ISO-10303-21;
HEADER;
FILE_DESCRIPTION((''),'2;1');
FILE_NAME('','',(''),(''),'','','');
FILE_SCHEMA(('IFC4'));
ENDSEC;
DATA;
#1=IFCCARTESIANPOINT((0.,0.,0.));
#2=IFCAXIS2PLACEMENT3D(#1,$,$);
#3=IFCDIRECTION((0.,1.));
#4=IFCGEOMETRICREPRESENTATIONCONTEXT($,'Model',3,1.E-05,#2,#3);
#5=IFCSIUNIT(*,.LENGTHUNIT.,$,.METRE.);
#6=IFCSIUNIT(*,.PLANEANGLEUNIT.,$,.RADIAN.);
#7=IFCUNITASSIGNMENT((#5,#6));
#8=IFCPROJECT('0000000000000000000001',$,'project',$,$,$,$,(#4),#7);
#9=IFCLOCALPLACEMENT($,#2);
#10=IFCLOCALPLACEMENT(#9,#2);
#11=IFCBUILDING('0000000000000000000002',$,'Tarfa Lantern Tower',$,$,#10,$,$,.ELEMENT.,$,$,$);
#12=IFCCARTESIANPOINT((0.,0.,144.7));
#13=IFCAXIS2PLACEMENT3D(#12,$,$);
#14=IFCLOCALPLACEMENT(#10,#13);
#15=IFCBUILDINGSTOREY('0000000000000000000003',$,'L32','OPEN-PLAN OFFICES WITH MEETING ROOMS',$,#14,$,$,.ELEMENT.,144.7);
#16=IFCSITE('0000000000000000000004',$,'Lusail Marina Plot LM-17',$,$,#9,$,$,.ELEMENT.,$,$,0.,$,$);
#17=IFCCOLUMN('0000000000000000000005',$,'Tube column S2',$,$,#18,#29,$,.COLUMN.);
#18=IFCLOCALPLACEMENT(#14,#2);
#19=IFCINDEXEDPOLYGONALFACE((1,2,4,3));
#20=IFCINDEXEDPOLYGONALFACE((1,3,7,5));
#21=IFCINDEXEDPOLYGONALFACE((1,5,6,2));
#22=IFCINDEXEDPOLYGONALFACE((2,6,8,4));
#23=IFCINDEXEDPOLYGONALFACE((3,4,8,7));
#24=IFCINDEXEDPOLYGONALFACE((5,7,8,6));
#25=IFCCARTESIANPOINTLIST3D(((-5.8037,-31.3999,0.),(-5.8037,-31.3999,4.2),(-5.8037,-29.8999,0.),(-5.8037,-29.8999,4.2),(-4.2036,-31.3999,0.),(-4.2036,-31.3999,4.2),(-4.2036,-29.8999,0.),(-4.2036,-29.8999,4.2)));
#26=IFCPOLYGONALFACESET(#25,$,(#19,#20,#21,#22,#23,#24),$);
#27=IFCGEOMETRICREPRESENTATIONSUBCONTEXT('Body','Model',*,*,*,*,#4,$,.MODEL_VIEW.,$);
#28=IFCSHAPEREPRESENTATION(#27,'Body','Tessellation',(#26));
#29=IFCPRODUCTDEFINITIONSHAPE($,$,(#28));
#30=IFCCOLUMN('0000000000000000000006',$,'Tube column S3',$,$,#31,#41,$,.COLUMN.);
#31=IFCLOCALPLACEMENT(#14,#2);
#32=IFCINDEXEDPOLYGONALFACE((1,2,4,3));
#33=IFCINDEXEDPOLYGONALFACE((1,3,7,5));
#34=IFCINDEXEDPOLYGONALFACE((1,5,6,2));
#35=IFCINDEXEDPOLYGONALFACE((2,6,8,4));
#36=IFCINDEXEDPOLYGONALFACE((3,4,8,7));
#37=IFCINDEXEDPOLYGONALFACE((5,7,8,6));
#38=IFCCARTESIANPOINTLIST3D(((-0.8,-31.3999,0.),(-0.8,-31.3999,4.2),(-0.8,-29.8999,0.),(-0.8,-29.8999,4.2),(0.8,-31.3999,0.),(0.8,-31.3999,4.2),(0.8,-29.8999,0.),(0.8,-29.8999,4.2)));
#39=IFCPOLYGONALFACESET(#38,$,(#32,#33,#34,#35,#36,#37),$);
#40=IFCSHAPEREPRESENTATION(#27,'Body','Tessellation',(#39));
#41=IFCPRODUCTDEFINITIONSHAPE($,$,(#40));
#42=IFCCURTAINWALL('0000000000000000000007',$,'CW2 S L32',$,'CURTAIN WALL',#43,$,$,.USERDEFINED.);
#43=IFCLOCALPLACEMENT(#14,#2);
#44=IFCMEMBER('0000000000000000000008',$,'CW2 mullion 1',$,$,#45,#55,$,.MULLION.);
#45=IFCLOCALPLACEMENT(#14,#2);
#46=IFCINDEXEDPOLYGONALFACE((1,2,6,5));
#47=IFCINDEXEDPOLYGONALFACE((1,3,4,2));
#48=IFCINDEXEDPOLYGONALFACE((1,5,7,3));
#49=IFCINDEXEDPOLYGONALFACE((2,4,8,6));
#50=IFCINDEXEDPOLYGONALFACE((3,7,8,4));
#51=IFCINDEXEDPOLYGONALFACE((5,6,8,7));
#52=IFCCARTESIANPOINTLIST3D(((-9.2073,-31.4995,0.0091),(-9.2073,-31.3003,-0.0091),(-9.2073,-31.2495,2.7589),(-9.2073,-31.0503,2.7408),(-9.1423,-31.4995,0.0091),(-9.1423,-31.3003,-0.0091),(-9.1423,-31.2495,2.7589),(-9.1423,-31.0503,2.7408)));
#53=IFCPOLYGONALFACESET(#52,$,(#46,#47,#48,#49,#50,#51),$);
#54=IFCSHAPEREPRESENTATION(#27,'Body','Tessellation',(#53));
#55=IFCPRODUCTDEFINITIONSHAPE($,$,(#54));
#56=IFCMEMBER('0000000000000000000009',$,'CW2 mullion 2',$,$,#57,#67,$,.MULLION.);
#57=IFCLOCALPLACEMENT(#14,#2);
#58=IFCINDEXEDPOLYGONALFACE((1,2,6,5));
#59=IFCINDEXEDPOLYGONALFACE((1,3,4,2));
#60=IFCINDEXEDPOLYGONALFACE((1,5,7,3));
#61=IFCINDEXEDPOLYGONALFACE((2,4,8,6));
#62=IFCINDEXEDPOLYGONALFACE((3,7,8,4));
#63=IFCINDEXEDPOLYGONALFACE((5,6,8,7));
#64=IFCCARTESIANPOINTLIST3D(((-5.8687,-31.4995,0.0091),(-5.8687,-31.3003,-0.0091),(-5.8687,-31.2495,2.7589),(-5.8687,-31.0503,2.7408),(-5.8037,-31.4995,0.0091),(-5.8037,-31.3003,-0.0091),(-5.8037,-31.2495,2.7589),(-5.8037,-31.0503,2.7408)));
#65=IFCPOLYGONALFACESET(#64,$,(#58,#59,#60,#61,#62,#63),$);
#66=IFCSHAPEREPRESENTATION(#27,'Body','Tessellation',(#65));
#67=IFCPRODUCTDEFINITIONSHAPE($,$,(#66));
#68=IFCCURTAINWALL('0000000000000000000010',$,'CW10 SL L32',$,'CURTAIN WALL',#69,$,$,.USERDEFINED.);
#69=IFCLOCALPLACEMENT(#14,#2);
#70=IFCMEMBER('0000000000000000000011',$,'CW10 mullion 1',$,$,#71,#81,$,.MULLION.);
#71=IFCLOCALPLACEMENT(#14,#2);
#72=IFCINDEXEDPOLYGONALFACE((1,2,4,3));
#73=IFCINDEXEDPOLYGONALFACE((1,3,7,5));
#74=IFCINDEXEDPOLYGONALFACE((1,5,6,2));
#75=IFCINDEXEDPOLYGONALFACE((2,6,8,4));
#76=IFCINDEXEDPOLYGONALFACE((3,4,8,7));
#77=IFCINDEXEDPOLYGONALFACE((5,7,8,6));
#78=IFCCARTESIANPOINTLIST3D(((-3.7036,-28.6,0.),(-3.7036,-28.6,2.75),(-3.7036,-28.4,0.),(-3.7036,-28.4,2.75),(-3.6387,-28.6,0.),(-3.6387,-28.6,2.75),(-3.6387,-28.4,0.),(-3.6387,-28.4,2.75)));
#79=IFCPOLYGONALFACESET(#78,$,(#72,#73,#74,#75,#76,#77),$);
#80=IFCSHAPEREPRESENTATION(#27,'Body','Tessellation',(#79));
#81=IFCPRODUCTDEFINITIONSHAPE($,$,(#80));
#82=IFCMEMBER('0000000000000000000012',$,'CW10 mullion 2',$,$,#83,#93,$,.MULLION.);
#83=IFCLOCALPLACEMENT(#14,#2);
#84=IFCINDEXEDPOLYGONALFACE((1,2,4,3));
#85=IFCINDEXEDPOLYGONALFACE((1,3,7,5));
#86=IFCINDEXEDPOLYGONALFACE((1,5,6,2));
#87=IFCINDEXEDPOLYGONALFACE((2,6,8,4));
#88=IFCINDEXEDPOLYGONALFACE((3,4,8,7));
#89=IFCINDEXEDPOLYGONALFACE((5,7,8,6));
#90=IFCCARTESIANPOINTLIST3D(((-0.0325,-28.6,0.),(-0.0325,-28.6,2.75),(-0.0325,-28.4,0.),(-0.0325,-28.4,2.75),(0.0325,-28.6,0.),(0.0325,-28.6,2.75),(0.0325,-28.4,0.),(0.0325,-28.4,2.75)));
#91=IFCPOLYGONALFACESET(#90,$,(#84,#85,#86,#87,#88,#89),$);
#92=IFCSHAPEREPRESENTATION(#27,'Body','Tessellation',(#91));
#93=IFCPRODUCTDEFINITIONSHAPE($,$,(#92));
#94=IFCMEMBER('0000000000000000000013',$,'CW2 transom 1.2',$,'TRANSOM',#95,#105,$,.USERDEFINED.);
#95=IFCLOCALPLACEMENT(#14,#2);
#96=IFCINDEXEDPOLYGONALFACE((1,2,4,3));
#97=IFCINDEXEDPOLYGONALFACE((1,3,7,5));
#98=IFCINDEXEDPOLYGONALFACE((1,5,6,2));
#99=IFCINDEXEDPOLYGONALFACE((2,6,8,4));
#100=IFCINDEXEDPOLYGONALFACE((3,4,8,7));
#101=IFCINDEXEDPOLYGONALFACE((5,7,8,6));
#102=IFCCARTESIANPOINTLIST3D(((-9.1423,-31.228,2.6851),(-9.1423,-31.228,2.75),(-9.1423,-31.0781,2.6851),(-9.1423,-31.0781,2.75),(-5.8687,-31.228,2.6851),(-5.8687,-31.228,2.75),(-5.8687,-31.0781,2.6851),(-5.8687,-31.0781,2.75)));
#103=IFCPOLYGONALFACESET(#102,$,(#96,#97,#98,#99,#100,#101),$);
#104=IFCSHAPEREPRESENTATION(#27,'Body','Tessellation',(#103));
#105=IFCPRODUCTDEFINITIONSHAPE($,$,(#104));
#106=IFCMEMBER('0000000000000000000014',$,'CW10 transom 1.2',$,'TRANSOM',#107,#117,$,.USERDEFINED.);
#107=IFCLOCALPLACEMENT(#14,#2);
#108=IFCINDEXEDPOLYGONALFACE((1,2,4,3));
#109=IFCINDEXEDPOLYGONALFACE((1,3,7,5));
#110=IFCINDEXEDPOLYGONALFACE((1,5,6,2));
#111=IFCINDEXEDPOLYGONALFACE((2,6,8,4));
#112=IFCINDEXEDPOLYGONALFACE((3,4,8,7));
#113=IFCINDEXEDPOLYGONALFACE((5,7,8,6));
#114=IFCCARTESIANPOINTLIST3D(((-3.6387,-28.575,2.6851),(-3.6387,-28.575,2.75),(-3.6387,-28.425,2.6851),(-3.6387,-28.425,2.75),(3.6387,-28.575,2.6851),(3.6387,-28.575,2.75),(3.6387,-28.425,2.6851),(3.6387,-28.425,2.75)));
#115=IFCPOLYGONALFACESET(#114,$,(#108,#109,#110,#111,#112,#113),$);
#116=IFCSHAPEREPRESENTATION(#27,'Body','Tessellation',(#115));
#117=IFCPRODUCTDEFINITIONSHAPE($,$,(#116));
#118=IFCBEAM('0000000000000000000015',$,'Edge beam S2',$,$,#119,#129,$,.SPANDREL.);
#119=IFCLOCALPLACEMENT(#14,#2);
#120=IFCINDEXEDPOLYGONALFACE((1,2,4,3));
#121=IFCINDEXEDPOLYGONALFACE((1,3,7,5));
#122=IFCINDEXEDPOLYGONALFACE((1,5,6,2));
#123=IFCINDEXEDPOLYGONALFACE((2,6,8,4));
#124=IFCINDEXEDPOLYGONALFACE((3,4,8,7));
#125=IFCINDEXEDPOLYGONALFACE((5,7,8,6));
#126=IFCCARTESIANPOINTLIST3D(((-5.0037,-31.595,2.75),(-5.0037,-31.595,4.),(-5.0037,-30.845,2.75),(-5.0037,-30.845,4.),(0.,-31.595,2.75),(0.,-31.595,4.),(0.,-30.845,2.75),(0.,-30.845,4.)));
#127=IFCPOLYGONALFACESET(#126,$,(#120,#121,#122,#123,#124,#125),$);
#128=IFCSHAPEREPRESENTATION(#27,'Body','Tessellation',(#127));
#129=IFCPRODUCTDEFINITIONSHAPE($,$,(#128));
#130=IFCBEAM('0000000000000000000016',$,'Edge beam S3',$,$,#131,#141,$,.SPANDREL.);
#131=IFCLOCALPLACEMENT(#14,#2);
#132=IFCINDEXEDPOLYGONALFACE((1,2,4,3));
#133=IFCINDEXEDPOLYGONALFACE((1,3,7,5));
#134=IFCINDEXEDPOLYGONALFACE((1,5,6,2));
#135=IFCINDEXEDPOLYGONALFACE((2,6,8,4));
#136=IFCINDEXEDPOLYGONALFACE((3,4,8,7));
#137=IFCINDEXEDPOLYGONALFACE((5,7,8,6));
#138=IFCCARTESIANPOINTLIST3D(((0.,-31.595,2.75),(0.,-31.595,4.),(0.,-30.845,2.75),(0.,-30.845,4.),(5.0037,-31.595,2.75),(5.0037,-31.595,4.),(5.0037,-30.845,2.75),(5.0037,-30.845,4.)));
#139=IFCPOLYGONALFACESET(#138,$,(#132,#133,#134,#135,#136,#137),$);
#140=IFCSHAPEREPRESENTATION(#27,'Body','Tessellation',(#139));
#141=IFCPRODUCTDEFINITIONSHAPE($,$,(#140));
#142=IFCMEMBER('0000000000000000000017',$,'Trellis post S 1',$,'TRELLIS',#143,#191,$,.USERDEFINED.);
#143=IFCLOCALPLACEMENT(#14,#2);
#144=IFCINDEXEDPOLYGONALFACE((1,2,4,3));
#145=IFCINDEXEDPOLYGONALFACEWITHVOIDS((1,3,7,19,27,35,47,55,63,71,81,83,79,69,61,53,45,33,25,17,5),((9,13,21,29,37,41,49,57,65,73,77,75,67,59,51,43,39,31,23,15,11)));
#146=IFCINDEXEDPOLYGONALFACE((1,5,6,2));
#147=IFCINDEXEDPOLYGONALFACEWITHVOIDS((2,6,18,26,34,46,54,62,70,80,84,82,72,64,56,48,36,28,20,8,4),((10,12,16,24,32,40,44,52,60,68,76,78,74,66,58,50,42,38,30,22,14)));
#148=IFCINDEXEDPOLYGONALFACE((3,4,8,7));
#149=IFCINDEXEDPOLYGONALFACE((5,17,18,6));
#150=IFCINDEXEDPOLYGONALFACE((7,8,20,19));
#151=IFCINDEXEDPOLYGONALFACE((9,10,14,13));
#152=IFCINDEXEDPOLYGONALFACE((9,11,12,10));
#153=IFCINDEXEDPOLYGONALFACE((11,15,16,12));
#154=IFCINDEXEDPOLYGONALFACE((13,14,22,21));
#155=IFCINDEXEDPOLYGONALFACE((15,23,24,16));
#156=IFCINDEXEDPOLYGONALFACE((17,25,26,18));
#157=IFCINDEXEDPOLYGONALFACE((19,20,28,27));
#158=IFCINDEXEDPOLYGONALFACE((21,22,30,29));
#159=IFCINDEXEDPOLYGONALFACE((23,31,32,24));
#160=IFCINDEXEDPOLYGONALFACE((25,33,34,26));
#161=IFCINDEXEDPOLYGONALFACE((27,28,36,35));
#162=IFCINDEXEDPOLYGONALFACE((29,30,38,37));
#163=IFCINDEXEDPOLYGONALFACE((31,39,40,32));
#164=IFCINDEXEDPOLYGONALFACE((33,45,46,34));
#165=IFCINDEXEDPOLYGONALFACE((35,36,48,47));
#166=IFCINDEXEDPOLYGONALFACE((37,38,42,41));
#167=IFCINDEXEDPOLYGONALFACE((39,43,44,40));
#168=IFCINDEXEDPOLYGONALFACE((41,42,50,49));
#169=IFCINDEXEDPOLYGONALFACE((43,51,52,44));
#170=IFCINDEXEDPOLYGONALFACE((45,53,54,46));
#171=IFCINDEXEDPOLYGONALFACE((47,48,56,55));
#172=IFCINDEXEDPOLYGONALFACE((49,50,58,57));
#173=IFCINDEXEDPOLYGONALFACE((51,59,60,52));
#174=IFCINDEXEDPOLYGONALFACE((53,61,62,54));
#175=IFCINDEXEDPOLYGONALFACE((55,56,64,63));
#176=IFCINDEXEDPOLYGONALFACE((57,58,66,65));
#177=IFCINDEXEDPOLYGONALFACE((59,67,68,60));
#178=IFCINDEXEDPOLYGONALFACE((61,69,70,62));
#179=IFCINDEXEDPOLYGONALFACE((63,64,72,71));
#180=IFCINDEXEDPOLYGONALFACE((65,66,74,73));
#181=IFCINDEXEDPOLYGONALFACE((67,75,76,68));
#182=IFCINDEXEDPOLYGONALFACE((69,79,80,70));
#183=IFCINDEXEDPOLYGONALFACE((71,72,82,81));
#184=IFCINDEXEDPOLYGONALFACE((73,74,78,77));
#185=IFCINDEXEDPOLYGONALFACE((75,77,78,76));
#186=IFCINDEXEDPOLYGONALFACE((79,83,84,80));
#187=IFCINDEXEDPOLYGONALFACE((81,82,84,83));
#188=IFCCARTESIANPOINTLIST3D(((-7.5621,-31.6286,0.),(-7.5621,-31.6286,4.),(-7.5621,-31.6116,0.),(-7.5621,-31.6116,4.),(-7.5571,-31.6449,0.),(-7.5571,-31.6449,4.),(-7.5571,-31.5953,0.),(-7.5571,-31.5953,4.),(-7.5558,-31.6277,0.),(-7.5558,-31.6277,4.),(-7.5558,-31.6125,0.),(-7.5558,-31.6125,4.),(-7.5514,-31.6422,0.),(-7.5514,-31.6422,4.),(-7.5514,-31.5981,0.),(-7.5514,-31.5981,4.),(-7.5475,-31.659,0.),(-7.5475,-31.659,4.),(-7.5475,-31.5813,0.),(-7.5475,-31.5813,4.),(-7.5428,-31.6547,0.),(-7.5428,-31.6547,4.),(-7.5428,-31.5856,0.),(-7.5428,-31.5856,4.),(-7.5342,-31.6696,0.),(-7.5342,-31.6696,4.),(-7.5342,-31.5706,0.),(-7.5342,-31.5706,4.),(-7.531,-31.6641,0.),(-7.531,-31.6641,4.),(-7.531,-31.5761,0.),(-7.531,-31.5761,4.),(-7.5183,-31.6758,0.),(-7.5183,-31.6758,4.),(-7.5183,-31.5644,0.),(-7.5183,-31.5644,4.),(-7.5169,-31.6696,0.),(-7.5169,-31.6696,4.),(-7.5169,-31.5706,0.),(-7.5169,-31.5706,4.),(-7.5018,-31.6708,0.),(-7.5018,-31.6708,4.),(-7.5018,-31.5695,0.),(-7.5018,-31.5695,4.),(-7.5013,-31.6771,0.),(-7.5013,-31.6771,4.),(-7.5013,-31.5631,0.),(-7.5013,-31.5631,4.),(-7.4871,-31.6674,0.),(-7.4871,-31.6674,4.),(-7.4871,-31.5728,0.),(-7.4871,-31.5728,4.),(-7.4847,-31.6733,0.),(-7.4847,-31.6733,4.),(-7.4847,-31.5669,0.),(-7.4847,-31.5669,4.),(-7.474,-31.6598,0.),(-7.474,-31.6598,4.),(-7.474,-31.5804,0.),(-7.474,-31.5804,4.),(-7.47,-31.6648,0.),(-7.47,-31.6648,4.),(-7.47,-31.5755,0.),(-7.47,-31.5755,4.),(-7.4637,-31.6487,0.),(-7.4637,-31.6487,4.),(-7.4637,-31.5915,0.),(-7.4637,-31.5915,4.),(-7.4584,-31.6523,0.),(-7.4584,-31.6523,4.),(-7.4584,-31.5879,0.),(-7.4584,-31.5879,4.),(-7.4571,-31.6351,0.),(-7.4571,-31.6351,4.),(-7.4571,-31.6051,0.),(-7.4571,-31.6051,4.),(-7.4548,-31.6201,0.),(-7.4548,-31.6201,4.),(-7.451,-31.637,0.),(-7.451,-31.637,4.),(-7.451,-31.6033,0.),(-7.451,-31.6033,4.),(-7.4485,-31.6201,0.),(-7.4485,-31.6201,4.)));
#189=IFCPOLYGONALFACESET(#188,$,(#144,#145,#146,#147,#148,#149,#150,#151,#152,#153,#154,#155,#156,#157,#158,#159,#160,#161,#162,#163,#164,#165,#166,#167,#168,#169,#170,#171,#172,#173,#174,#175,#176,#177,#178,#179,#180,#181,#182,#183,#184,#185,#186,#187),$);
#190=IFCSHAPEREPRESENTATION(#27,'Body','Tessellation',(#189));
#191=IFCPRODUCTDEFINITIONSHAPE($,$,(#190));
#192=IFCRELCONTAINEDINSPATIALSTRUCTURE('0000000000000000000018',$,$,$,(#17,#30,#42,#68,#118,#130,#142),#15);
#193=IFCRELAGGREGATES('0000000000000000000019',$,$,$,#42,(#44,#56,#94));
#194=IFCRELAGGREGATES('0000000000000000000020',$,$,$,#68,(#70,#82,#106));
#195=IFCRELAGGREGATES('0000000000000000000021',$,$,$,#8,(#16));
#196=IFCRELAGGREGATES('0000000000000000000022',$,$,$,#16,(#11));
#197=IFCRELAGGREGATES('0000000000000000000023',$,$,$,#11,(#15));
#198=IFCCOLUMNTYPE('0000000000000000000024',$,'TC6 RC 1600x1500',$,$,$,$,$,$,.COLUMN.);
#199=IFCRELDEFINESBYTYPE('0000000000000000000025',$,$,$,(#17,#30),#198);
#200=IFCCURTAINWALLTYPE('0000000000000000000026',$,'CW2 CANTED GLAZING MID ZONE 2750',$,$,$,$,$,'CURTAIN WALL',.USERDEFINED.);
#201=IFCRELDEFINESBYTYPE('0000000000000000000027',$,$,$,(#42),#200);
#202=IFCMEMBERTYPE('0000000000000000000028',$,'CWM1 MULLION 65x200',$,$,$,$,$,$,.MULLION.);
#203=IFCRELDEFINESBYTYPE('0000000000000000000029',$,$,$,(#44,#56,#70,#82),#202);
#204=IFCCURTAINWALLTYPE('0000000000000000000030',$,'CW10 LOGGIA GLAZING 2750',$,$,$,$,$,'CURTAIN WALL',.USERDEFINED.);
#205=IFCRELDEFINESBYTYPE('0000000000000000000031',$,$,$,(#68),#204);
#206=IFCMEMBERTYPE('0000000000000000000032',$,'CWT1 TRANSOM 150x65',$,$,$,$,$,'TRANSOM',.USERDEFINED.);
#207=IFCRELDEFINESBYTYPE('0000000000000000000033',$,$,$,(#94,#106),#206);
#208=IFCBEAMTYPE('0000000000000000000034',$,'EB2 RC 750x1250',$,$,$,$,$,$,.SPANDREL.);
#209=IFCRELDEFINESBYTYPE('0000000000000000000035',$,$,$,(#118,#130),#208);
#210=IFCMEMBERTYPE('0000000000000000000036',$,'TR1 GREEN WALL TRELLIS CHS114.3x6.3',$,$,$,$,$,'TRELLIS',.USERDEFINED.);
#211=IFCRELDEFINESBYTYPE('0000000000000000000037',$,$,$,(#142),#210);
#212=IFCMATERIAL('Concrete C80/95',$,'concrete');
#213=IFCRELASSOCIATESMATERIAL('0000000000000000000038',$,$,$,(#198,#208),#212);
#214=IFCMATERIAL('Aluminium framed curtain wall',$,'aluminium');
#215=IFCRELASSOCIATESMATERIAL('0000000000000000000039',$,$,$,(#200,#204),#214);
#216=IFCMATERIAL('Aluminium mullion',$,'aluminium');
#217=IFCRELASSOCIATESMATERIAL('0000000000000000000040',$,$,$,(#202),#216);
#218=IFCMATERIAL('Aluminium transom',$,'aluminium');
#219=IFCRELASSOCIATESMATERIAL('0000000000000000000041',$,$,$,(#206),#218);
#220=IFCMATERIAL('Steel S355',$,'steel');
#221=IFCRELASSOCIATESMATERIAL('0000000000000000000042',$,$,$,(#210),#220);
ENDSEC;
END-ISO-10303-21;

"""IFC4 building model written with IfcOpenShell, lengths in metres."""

from ifc_helpers import new_model, si_unit, direction, frame, origin, origin_2d, place, context, subcontext, project, spatial, rectangle, hollow_circle, extrude, material, material_profile, profile_set, type_object, element, aggregate, save


model = new_model("IFC4")

# Units and contexts
model_context = context("Model", 3, precision=1e-05, world=origin(), true_north=direction((0.0, 1.0)))
body_context = subcontext(model_context, "Body", "Model", "MODEL_VIEW")
ifc_project = project(units=[si_unit("LENGTHUNIT", "METRE"), si_unit("PLANEANGLEUNIT", "RADIAN")], contexts=[model_context])

# Site, building, storey
site_placement = place(None, origin())
site = spatial("IfcSite", under=ifc_project, at=site_placement, Name="Lusail Marina Plot LM-17", CompositionType="ELEMENT", RefElevation=0.0)
building_placement = place(site_placement, origin())
building = spatial("IfcBuilding", under=site, at=building_placement, Name="Tarfa Lantern Tower", CompositionType="ELEMENT")
storey_placement = place(building_placement, frame((0.0, 0.0, 144.7)))
storey = spatial("IfcBuildingStorey", under=building, at=storey_placement, Name="L32", Description="OPEN-PLAN OFFICES WITH MEETING ROOMS", CompositionType="ELEMENT", Elevation=144.7)

# Columns
ifc_material_1 = material(Name="Concrete C80/95", Category="concrete")
ifc_material_profile_1 = material_profile(ifc_material_1, rectangle(XDim=1.6001, YDim=1.5, at=origin_2d()), Name="RC 1600x1500")
ifc_profile_set_1 = profile_set([ifc_material_profile_1], Name="Concrete C80/95")
column_type = type_object("IfcColumnType", Name="TC6 RC 1600x1500", PredefinedType="COLUMN", material=ifc_profile_set_1)
for number, where, z_axis, x_axis, name in (
    (1, (-5.0037, -30.6499, 0.0), (0.0, 0.0, 1.0), (1.0, 0.0, 0.0), "Tube column S2"),
    (2, (0.0, -30.6499, 0.0), (0.0, 0.0, 1.0), (1.0, 0.0, 0.0), "Tube column S3"),
):
    element("IfcColumn", number, at=place(storey_placement, frame(where, z_axis=z_axis, x_axis=x_axis)), inside=storey, type_object=column_type, Name=name, PredefinedType="COLUMN", context=body_context, shape_type="SweptSolid", body=[
        extrude(rectangle(XDim=1.6001, YDim=1.5, at=origin_2d()), origin(), (0.0, 0.0, 1.0), 4.2),
    ])

# Curtain walls, members
ifc_material_2 = material(Name="Aluminium framed curtain wall", Category="aluminium")
curtain_wall_type_1 = type_object("IfcCurtainWallType", Name="CW2 CANTED GLAZING MID ZONE 2750", ElementType="CURTAIN WALL", PredefinedType="USERDEFINED", material=ifc_material_2)
curtain_wall_1_placement = place(storey_placement, origin())
curtain_wall_1 = element("IfcCurtainWall", 3, at=curtain_wall_1_placement, inside=storey, type_object=curtain_wall_type_1, Name="CW2 S L32", ObjectType="CURTAIN WALL", PredefinedType="USERDEFINED")
ifc_material_3 = material(Name="Aluminium mullion", Category="aluminium")
ifc_material_profile_2 = material_profile(ifc_material_3, rectangle(XDim=0.0649, YDim=0.2, at=origin_2d()), Name="AL MULLION 65x200")
ifc_profile_set_2 = profile_set([ifc_material_profile_2], Name="Aluminium mullion")
member_type_1 = type_object("IfcMemberType", Name="CWM1 MULLION 65x200", PredefinedType="MULLION", material=ifc_profile_set_2)
member_1_placement = place(storey_placement, frame((-9.1748, -31.3999, 0.0), z_axis=(0.0, 0.090536, 0.995893), x_axis=(-1.0, 0.0, 0.0)))
member_1 = element("IfcMember", 4, at=member_1_placement, type_object=member_type_1, Name="CW2 mullion 1", PredefinedType="MULLION", context=body_context, shape_type="SweptSolid", body=[
    extrude(rectangle(XDim=0.0649, YDim=0.2, at=origin_2d()), origin(), (0.0, 0.0, 1.0), 2.7612),
])
member_2_placement = place(storey_placement, frame((-5.8362, -31.3999, 0.0), z_axis=(0.0, 0.090536, 0.995893), x_axis=(-1.0, 0.0, 0.0)))
member_2 = element("IfcMember", 5, at=member_2_placement, type_object=member_type_1, Name="CW2 mullion 2", PredefinedType="MULLION", context=body_context, shape_type="SweptSolid", body=[
    extrude(rectangle(XDim=0.0649, YDim=0.2, at=origin_2d()), origin(), (0.0, 0.0, 1.0), 2.7612),
])
curtain_wall_type_2 = type_object("IfcCurtainWallType", Name="CW10 LOGGIA GLAZING 2750", ElementType="CURTAIN WALL", PredefinedType="USERDEFINED", material=ifc_material_2)
curtain_wall_2_placement = place(storey_placement, origin())
curtain_wall_2 = element("IfcCurtainWall", 6, at=curtain_wall_2_placement, inside=storey, type_object=curtain_wall_type_2, Name="CW10 SL L32", ObjectType="CURTAIN WALL", PredefinedType="USERDEFINED")
member_3_placement = place(storey_placement, frame((-3.6711, -28.5, 0.0), z_axis=(0.0, 0.0, 1.0), x_axis=(1.0, 0.0, 0.0)))
member_3 = element("IfcMember", 7, at=member_3_placement, type_object=member_type_1, Name="CW10 mullion 1", PredefinedType="MULLION", context=body_context, shape_type="SweptSolid", body=[
    extrude(rectangle(XDim=0.0649, YDim=0.2, at=origin_2d()), origin(), (0.0, 0.0, 1.0), 2.75),
])
member_4_placement = place(storey_placement, frame((0.0, -28.5, 0.0), z_axis=(0.0, 0.0, 1.0), x_axis=(1.0, 0.0, 0.0)))
member_4 = element("IfcMember", 8, at=member_4_placement, type_object=member_type_1, Name="CW10 mullion 2", PredefinedType="MULLION", context=body_context, shape_type="SweptSolid", body=[
    extrude(rectangle(XDim=0.0649, YDim=0.2, at=origin_2d()), origin(), (0.0, 0.0, 1.0), 2.75),
])

# Members
ifc_material_4 = material(Name="Aluminium transom", Category="aluminium")
ifc_material_profile_3 = material_profile(ifc_material_4, rectangle(XDim=0.1499, YDim=0.0649, at=origin_2d()), Name="AL TRANSOM 150x65")
ifc_profile_set_3 = profile_set([ifc_material_profile_3], Name="Aluminium transom")
member_type_2 = type_object("IfcMemberType", Name="CWT1 TRANSOM 150x65", ElementType="TRANSOM", PredefinedType="USERDEFINED", material=ifc_profile_set_3)
member_5_placement = place(storey_placement, frame((-9.1423, -31.1531, 2.7175), z_axis=(1.0, 0.0, 0.0), x_axis=(0.0, 1.0, 0.0)))
member_5 = element("IfcMember", 9, at=member_5_placement, type_object=member_type_2, Name="CW2 transom 1.2", ObjectType="TRANSOM", PredefinedType="USERDEFINED", context=body_context, shape_type="SweptSolid", body=[
    extrude(rectangle(XDim=0.1499, YDim=0.0649, at=origin_2d()), origin(), (0.0, 0.0, 1.0), 3.2737),
])
member_6_placement = place(storey_placement, frame((-3.6387, -28.5, 2.7175), z_axis=(1.0, 0.0, 0.0), x_axis=(0.0, 1.0, 0.0)))
member_6 = element("IfcMember", 10, at=member_6_placement, type_object=member_type_2, Name="CW10 transom 1.2", ObjectType="TRANSOM", PredefinedType="USERDEFINED", context=body_context, shape_type="SweptSolid", body=[
    extrude(rectangle(XDim=0.1499, YDim=0.0649, at=origin_2d()), origin(), (0.0, 0.0, 1.0), 7.2773),
])

# Beams
ifc_material_profile_4 = material_profile(ifc_material_1, rectangle(XDim=0.75, YDim=1.25, at=origin_2d()), Name="RC 750x1250")
ifc_profile_set_4 = profile_set([ifc_material_profile_4], Name="Concrete C80/95")
beam_type_1 = type_object("IfcBeamType", Name="EB2 RC 750x1250", PredefinedType="SPANDREL", material=ifc_profile_set_4)
for number, where, z_axis, x_axis, name in (
    (11, (-5.0037, -31.22, 3.375), (1.0, 0.0, 0.0), (0.0, 1.0, 0.0), "Edge beam S2"),
    (12, (0.0, -31.22, 3.375), (1.0, 0.0, 0.0), (0.0, 1.0, 0.0), "Edge beam S3"),
):
    element("IfcBeam", number, at=place(storey_placement, frame(where, z_axis=z_axis, x_axis=x_axis)), inside=storey, type_object=beam_type_1, Name=name, PredefinedType="SPANDREL", context=body_context, shape_type="SweptSolid", body=[
        extrude(rectangle(XDim=0.75, YDim=1.25, at=origin_2d()), origin(), (0.0, 0.0, 1.0), 5.0037),
    ])

# Member
ifc_material_5 = material(Name="Steel S355", Category="steel")
ifc_material_profile_5 = material_profile(ifc_material_5, hollow_circle(Radius=0.0571, WallThickness=0.0063, at=origin_2d()), Name="CHS114.3x6.3")
ifc_profile_set_5 = profile_set([ifc_material_profile_5], Name="Steel S355")
member_type_3 = type_object("IfcMemberType", Name="TR1 GREEN WALL TRELLIS CHS114.3x6.3", ElementType="TRELLIS", PredefinedType="USERDEFINED", material=ifc_profile_set_5)
member_7_placement = place(storey_placement, frame((-7.5056, -31.6201, 0.0), z_axis=(0.0, 0.0, 1.0), x_axis=(1.0, 0.0, 0.0)))
element("IfcMember", 13, at=member_7_placement, inside=storey, type_object=member_type_3, Name="Trellis post S 1", ObjectType="TRELLIS", PredefinedType="USERDEFINED", context=body_context, shape_type="SweptSolid", body=[
    extrude(hollow_circle(Radius=0.0571, WallThickness=0.0063, at=origin_2d()), origin(), (0.0, 0.0, 1.0), 4.0),
])

aggregate(curtain_wall_1, [member_1, member_2, member_5])
aggregate(curtain_wall_2, [member_3, member_4, member_6])

save(model, "model.ifc")
